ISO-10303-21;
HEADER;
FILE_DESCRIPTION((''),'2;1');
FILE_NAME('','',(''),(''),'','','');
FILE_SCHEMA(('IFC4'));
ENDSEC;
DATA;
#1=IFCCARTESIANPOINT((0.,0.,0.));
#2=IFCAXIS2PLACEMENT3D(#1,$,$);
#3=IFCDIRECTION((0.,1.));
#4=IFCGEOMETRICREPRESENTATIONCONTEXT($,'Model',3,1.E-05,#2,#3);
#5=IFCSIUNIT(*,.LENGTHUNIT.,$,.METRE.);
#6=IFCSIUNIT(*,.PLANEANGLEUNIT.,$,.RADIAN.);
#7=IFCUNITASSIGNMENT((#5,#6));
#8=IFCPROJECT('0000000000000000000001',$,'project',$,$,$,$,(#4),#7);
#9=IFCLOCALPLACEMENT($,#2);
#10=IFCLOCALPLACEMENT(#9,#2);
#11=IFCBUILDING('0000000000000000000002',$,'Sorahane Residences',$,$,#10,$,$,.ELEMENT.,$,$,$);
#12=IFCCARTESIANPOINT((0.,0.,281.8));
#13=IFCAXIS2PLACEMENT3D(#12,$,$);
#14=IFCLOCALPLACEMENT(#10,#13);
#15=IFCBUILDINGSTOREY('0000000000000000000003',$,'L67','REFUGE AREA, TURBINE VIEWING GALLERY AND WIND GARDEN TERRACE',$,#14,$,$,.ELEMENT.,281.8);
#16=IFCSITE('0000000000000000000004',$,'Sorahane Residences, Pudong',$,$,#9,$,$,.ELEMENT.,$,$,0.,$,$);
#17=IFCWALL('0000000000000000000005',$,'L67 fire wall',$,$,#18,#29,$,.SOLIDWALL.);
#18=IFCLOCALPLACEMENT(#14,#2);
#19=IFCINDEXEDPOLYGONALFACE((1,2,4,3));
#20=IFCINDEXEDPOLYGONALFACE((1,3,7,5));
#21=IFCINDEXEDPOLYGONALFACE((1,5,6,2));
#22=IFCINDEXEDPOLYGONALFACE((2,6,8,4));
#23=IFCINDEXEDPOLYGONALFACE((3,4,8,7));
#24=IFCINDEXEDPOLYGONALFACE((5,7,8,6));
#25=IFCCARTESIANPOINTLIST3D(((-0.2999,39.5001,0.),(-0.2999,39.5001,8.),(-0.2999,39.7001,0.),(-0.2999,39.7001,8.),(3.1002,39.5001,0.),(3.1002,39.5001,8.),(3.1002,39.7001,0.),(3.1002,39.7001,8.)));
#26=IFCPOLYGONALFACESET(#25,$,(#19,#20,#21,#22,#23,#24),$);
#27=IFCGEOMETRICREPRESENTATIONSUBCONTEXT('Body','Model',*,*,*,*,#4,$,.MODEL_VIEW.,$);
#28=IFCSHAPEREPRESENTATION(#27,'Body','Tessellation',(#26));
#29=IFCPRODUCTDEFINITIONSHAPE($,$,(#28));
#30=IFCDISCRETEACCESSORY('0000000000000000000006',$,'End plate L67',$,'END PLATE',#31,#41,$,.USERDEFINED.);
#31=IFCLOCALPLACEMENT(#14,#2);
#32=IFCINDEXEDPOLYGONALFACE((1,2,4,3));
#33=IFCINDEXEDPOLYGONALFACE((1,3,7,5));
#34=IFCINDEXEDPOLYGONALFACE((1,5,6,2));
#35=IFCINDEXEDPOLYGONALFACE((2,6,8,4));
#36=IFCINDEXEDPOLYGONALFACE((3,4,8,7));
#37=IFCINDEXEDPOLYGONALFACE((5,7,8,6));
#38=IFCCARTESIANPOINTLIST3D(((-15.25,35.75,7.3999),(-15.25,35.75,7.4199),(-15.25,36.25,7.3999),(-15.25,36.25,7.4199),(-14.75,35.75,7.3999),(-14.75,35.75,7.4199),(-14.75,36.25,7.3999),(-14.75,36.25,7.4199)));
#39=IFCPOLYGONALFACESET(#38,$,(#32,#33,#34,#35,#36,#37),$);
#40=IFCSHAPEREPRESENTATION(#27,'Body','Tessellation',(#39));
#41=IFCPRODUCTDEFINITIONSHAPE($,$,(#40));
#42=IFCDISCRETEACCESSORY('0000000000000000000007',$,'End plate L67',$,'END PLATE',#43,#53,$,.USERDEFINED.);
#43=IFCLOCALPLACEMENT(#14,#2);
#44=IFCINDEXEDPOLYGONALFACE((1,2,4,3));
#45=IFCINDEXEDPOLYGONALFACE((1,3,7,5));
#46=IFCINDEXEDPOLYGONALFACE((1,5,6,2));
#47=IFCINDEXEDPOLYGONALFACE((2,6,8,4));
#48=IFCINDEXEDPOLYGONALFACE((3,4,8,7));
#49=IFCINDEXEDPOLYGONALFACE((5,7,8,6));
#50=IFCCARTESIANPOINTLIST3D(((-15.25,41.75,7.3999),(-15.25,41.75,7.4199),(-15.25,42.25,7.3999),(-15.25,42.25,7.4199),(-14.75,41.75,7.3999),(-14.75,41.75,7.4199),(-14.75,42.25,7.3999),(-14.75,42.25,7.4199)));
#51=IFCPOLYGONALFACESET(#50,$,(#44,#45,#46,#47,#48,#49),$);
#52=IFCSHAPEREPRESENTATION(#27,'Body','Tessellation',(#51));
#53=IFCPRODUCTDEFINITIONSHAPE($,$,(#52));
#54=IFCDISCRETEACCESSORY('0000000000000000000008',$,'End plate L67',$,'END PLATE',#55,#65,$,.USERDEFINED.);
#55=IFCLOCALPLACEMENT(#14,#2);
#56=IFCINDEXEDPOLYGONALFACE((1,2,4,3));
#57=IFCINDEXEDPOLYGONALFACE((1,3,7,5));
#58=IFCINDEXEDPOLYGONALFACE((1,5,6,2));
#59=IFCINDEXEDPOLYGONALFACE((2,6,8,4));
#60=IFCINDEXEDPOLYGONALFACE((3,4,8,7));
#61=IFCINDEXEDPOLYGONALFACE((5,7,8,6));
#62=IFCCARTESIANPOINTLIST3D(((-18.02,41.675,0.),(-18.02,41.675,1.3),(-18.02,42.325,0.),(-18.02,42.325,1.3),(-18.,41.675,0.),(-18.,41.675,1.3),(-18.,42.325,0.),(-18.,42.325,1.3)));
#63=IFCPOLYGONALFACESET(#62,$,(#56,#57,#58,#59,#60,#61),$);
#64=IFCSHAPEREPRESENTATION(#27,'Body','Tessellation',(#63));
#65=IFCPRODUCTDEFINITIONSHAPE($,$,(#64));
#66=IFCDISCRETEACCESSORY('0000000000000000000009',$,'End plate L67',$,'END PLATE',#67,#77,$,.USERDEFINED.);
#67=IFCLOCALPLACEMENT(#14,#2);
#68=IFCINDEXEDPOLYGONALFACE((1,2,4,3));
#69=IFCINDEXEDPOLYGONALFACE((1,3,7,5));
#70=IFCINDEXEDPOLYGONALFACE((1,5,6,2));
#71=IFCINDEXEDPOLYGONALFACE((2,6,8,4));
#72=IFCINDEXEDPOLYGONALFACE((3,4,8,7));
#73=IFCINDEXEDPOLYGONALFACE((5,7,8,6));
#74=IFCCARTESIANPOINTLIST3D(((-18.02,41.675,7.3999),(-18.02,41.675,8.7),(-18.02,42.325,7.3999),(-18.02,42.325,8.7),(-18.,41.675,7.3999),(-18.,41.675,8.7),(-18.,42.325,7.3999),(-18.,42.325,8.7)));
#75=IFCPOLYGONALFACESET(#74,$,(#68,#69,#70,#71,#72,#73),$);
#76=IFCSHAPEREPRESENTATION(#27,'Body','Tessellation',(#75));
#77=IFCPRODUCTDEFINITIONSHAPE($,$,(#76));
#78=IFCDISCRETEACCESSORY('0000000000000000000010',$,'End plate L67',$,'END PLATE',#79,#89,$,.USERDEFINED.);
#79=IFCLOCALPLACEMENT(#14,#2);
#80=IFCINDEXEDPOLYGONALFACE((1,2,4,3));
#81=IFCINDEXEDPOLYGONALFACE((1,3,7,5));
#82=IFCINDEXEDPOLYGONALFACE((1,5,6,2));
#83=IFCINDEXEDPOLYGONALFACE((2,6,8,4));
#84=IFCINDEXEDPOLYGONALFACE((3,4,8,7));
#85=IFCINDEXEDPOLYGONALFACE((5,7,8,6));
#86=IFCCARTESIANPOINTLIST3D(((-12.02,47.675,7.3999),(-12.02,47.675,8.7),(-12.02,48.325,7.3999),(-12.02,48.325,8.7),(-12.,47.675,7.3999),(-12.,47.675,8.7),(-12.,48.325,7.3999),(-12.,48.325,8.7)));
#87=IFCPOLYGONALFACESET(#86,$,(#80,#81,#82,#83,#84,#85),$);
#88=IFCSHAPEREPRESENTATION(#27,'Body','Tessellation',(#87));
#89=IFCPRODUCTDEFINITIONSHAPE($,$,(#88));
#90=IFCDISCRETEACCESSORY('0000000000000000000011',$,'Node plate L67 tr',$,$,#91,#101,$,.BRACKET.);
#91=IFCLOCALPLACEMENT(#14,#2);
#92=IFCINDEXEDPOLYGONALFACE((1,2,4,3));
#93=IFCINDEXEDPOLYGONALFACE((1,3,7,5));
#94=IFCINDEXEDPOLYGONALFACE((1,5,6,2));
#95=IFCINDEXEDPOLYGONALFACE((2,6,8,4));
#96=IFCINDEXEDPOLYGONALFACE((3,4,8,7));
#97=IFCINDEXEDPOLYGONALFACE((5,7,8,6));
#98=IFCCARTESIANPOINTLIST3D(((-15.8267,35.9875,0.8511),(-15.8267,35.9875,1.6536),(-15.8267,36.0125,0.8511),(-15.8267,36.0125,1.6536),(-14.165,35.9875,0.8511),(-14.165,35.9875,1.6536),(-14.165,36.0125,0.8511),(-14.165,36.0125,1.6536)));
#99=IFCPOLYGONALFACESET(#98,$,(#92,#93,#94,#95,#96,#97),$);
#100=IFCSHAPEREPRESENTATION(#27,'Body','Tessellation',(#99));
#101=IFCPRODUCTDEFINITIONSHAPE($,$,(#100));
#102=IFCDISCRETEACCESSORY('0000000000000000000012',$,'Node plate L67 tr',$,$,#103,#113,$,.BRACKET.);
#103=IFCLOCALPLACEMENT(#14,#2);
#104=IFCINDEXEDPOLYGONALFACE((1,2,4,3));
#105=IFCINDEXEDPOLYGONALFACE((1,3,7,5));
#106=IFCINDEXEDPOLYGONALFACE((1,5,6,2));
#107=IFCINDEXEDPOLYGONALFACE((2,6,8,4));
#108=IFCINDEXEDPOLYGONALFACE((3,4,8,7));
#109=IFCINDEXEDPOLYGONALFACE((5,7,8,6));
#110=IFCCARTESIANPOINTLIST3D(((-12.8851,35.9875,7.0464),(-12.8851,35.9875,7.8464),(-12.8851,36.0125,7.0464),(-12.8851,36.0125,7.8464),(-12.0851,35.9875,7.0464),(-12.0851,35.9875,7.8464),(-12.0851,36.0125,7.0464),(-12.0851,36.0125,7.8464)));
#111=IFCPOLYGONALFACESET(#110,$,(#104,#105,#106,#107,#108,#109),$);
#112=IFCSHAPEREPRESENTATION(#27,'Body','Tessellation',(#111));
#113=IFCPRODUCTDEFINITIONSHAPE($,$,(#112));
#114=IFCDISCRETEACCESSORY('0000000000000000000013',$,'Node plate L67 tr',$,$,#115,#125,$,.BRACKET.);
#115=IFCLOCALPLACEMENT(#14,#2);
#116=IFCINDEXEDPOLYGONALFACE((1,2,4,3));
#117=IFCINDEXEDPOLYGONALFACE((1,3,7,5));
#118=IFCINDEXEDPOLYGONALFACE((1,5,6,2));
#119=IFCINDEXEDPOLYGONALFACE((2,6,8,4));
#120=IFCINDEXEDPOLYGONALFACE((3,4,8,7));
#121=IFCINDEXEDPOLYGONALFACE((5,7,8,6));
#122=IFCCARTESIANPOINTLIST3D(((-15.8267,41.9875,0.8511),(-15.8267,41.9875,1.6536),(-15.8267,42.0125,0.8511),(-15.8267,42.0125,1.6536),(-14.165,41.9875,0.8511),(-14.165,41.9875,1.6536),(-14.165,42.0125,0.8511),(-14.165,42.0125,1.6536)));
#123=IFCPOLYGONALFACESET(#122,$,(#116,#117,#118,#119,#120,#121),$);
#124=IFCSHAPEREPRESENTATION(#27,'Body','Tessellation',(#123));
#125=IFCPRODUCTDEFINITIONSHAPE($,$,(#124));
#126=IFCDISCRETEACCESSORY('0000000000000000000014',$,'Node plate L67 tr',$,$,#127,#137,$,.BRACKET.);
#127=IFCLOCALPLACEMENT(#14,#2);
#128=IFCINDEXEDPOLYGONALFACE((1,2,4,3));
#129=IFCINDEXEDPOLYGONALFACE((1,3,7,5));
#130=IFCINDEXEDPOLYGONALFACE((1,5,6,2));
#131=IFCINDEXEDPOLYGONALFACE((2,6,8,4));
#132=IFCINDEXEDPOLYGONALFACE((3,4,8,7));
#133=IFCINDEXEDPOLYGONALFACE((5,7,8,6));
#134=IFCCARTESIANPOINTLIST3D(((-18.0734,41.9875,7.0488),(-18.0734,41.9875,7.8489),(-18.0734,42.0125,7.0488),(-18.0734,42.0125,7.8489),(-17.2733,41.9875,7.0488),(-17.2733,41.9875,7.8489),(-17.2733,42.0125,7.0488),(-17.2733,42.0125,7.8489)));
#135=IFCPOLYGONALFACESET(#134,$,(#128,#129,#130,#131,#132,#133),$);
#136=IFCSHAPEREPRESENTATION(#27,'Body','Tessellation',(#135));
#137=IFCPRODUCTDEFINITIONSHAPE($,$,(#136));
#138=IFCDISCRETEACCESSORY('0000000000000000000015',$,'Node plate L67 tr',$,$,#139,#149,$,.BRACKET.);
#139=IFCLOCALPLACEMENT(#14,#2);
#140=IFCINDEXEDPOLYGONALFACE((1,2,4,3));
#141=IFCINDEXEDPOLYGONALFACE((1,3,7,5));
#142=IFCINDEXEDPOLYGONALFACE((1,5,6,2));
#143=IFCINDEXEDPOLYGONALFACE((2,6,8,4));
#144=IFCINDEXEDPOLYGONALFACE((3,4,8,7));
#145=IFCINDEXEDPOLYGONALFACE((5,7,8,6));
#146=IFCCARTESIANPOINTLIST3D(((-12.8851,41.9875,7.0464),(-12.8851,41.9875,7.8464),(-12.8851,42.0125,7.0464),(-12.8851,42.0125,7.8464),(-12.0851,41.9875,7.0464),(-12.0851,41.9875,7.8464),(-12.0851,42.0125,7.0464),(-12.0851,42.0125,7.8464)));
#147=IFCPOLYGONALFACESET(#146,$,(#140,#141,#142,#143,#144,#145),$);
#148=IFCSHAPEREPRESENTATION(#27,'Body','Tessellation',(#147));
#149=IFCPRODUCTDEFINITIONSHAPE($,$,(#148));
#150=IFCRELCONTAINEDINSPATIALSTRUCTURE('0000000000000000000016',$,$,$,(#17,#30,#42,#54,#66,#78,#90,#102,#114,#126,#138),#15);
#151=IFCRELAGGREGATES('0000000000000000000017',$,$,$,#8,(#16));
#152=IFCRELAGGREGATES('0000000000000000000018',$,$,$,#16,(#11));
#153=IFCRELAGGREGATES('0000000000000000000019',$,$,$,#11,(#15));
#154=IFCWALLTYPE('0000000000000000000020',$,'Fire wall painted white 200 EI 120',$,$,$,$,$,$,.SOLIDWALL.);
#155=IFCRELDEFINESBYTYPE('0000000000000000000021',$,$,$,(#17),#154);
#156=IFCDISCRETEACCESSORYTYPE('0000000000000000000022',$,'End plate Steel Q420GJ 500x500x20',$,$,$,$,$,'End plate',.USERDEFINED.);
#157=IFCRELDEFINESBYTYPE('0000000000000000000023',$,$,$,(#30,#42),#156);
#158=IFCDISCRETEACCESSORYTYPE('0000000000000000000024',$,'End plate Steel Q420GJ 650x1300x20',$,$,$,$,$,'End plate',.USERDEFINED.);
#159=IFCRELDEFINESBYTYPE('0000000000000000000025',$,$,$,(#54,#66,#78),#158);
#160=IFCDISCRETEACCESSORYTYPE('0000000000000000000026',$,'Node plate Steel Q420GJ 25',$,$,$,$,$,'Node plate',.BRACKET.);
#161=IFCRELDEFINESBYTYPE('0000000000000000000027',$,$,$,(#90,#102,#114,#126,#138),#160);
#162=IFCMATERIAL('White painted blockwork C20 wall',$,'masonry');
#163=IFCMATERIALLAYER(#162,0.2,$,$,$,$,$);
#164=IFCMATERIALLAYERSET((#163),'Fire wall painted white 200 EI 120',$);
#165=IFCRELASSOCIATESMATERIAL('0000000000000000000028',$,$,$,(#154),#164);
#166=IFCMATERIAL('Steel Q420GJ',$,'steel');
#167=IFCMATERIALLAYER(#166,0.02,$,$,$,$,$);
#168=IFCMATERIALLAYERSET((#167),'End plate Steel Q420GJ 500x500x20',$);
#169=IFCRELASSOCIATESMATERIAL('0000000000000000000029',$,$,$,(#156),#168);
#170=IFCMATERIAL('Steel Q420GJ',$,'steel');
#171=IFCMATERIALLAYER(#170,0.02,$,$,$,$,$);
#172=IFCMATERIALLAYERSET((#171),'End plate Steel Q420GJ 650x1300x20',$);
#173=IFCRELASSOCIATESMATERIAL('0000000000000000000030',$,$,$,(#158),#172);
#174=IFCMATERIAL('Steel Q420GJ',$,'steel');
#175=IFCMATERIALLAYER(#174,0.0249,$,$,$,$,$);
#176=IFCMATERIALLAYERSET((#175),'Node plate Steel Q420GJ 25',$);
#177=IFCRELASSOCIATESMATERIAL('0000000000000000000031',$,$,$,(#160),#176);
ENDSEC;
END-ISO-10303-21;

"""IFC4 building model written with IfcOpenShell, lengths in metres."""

from ifc_helpers import new_model, si_unit, direction, frame, frame_2d, origin, origin_2d, place, context, subcontext, project, spatial, rectangle, extrude, material, layer, layer_set, type_object, element, save


model = new_model("IFC4")

# Units and contexts
model_context = context("Model", 3, precision=1e-05, world=origin(), true_north=direction((0.0, 1.0)))
body_context = subcontext(model_context, "Body", "Model", "MODEL_VIEW")
ifc_project = project(units=[si_unit("LENGTHUNIT", "METRE"), si_unit("PLANEANGLEUNIT", "RADIAN")], contexts=[model_context])

# Site, building, storey
site_placement = place(None, origin())
site = spatial("IfcSite", under=ifc_project, at=site_placement, Name="Sorahane Residences, Pudong", CompositionType="ELEMENT", RefElevation=0.0)
building_placement = place(site_placement, origin())
building = spatial("IfcBuilding", under=site, at=building_placement, Name="Sorahane Residences", CompositionType="ELEMENT")
storey_placement = place(building_placement, frame((0.0, 0.0, 281.8)))
storey = spatial("IfcBuildingStorey", under=building, at=storey_placement, Name="L67", Description="REFUGE AREA, TURBINE VIEWING GALLERY AND WIND GARDEN TERRACE", CompositionType="ELEMENT", Elevation=281.8)

# Wall
ifc_material_1 = material(Name="White painted blockwork C20 wall", Category="masonry")
ifc_layer_1 = layer(ifc_material_1, 0.2)
ifc_layer_set_1 = layer_set([ifc_layer_1], Name="Fire wall painted white 200 EI 120")
wall_type = type_object("IfcWallType", Name="Fire wall painted white 200 EI 120", PredefinedType="SOLIDWALL", material=ifc_layer_set_1)
wall_1_placement = place(storey_placement, frame((-0.3, 39.6001, 0.0), z_axis=(0.0, 0.0, 1.0), x_axis=(1.0, 0.0, 0.0)))
element("IfcWall", 1, at=wall_1_placement, inside=storey, type_object=wall_type, Name="L67 fire wall", PredefinedType="SOLIDWALL", context=body_context, shape_type="SweptSolid", body=[
    extrude(rectangle(XDim=3.4001, YDim=0.2, at=frame_2d((1.7002, 0.0))), origin(), (0.0, 0.0, 1.0), 8.0),
])

# Discrete accessories
ifc_material_2 = material(Name="Steel Q420GJ", Category="steel")
ifc_layer_2 = layer(ifc_material_2, 0.02)
ifc_layer_set_2 = layer_set([ifc_layer_2], Name="End plate Steel Q420GJ 500x500x20")
discrete_accessory_type_1 = type_object("IfcDiscreteAccessoryType", Name="End plate Steel Q420GJ 500x500x20", ElementType="End plate", PredefinedType="USERDEFINED", material=ifc_layer_set_2)
for number, where, z_axis, x_axis, name in (
    (2, (-15.0, 36.0, 7.3999), (0.0, 0.0, 1.0), (1.0, 0.0, 0.0), "End plate L67"),
    (3, (-15.0, 42.0, 7.3999), (0.0, 0.0, 1.0), (1.0, 0.0, 0.0), "End plate L67"),
):
    element("IfcDiscreteAccessory", number, at=place(storey_placement, frame(where, z_axis=z_axis, x_axis=x_axis)), inside=storey, type_object=discrete_accessory_type_1, Name=name, ObjectType="END PLATE", PredefinedType="USERDEFINED", context=body_context, shape_type="SweptSolid", body=[
        extrude(rectangle(XDim=0.5, YDim=0.5, at=origin_2d()), origin(), (0.0, 0.0, 1.0), 0.02),
    ])
ifc_material_3 = material(Name="Steel Q420GJ", Category="steel")
ifc_layer_3 = layer(ifc_material_3, 0.02)
ifc_layer_set_3 = layer_set([ifc_layer_3], Name="End plate Steel Q420GJ 650x1300x20")
discrete_accessory_type_2 = type_object("IfcDiscreteAccessoryType", Name="End plate Steel Q420GJ 650x1300x20", ElementType="End plate", PredefinedType="USERDEFINED", material=ifc_layer_set_3)
for number, where, z_axis, x_axis, name in (
    (4, (-18.01, 42.0, 0.0), (0.0, 0.0, 1.0), (1.0, 0.0, 0.0), "End plate L67"),
    (5, (-18.01, 42.0, 7.3999), (0.0, 0.0, 1.0), (1.0, 0.0, 0.0), "End plate L67"),
    (6, (-12.01, 48.0, 7.3999), (0.0, 0.0, 1.0), (1.0, 0.0, 0.0), "End plate L67"),
):
    element("IfcDiscreteAccessory", number, at=place(storey_placement, frame(where, z_axis=z_axis, x_axis=x_axis)), inside=storey, type_object=discrete_accessory_type_2, Name=name, ObjectType="END PLATE", PredefinedType="USERDEFINED", context=body_context, shape_type="SweptSolid", body=[
        extrude(rectangle(XDim=0.02, YDim=0.6499, at=origin_2d()), origin(), (0.0, 0.0, 1.0), 1.3),
    ])
ifc_material_4 = material(Name="Steel Q420GJ", Category="steel")
ifc_layer_4 = layer(ifc_material_4, 0.0249)
ifc_layer_set_4 = layer_set([ifc_layer_4], Name="Node plate Steel Q420GJ 25")
discrete_accessory_type_3 = type_object("IfcDiscreteAccessoryType", Name="Node plate Steel Q420GJ 25", ElementType="Node plate", PredefinedType="BRACKET", material=ifc_layer_set_4)
discrete_accessory_1_placement = place(storey_placement, frame((-14.9958, 36.0, 0.8511), z_axis=(0.0, 0.0, 1.0), x_axis=(1.0, 0.0, 0.0)))
element("IfcDiscreteAccessory", 7, at=discrete_accessory_1_placement, inside=storey, type_object=discrete_accessory_type_3, Name="Node plate L67 tr", PredefinedType="BRACKET", context=body_context, shape_type="SweptSolid", body=[
    extrude(rectangle(XDim=1.6616, YDim=0.0249, at=origin_2d()), origin(), (0.0, 0.0, 1.0), 0.8025),
])
discrete_accessory_2_placement = place(storey_placement, frame((-12.4851, 36.0, 7.0464), z_axis=(0.0, 0.0, 1.0), x_axis=(1.0, 0.0, 0.0)))
element("IfcDiscreteAccessory", 8, at=discrete_accessory_2_placement, inside=storey, type_object=discrete_accessory_type_3, Name="Node plate L67 tr", PredefinedType="BRACKET", context=body_context, shape_type="SweptSolid", body=[
    extrude(rectangle(XDim=0.8, YDim=0.0249, at=origin_2d()), origin(), (0.0, 0.0, 1.0), 0.8),
])
discrete_accessory_3_placement = place(storey_placement, frame((-14.9958, 42.0, 0.8511), z_axis=(0.0, 0.0, 1.0), x_axis=(1.0, 0.0, 0.0)))
element("IfcDiscreteAccessory", 9, at=discrete_accessory_3_placement, inside=storey, type_object=discrete_accessory_type_3, Name="Node plate L67 tr", PredefinedType="BRACKET", context=body_context, shape_type="SweptSolid", body=[
    extrude(rectangle(XDim=1.6616, YDim=0.0249, at=origin_2d()), origin(), (0.0, 0.0, 1.0), 0.8025),
])
for number, where, z_axis, x_axis, name in (
    (10, (-17.6733, 42.0, 7.0488), (0.0, 0.0, 1.0), (1.0, 0.0, 0.0), "Node plate L67 tr"),
    (11, (-12.4851, 42.0, 7.0464), (0.0, 0.0, 1.0), (1.0, 0.0, 0.0), "Node plate L67 tr"),
):
    element("IfcDiscreteAccessory", number, at=place(storey_placement, frame(where, z_axis=z_axis, x_axis=x_axis)), inside=storey, type_object=discrete_accessory_type_3, Name=name, PredefinedType="BRACKET", context=body_context, shape_type="SweptSolid", body=[
        extrude(rectangle(XDim=0.8, YDim=0.0249, at=origin_2d()), origin(), (0.0, 0.0, 1.0), 0.8),
    ])

save(model, "model.ifc")
